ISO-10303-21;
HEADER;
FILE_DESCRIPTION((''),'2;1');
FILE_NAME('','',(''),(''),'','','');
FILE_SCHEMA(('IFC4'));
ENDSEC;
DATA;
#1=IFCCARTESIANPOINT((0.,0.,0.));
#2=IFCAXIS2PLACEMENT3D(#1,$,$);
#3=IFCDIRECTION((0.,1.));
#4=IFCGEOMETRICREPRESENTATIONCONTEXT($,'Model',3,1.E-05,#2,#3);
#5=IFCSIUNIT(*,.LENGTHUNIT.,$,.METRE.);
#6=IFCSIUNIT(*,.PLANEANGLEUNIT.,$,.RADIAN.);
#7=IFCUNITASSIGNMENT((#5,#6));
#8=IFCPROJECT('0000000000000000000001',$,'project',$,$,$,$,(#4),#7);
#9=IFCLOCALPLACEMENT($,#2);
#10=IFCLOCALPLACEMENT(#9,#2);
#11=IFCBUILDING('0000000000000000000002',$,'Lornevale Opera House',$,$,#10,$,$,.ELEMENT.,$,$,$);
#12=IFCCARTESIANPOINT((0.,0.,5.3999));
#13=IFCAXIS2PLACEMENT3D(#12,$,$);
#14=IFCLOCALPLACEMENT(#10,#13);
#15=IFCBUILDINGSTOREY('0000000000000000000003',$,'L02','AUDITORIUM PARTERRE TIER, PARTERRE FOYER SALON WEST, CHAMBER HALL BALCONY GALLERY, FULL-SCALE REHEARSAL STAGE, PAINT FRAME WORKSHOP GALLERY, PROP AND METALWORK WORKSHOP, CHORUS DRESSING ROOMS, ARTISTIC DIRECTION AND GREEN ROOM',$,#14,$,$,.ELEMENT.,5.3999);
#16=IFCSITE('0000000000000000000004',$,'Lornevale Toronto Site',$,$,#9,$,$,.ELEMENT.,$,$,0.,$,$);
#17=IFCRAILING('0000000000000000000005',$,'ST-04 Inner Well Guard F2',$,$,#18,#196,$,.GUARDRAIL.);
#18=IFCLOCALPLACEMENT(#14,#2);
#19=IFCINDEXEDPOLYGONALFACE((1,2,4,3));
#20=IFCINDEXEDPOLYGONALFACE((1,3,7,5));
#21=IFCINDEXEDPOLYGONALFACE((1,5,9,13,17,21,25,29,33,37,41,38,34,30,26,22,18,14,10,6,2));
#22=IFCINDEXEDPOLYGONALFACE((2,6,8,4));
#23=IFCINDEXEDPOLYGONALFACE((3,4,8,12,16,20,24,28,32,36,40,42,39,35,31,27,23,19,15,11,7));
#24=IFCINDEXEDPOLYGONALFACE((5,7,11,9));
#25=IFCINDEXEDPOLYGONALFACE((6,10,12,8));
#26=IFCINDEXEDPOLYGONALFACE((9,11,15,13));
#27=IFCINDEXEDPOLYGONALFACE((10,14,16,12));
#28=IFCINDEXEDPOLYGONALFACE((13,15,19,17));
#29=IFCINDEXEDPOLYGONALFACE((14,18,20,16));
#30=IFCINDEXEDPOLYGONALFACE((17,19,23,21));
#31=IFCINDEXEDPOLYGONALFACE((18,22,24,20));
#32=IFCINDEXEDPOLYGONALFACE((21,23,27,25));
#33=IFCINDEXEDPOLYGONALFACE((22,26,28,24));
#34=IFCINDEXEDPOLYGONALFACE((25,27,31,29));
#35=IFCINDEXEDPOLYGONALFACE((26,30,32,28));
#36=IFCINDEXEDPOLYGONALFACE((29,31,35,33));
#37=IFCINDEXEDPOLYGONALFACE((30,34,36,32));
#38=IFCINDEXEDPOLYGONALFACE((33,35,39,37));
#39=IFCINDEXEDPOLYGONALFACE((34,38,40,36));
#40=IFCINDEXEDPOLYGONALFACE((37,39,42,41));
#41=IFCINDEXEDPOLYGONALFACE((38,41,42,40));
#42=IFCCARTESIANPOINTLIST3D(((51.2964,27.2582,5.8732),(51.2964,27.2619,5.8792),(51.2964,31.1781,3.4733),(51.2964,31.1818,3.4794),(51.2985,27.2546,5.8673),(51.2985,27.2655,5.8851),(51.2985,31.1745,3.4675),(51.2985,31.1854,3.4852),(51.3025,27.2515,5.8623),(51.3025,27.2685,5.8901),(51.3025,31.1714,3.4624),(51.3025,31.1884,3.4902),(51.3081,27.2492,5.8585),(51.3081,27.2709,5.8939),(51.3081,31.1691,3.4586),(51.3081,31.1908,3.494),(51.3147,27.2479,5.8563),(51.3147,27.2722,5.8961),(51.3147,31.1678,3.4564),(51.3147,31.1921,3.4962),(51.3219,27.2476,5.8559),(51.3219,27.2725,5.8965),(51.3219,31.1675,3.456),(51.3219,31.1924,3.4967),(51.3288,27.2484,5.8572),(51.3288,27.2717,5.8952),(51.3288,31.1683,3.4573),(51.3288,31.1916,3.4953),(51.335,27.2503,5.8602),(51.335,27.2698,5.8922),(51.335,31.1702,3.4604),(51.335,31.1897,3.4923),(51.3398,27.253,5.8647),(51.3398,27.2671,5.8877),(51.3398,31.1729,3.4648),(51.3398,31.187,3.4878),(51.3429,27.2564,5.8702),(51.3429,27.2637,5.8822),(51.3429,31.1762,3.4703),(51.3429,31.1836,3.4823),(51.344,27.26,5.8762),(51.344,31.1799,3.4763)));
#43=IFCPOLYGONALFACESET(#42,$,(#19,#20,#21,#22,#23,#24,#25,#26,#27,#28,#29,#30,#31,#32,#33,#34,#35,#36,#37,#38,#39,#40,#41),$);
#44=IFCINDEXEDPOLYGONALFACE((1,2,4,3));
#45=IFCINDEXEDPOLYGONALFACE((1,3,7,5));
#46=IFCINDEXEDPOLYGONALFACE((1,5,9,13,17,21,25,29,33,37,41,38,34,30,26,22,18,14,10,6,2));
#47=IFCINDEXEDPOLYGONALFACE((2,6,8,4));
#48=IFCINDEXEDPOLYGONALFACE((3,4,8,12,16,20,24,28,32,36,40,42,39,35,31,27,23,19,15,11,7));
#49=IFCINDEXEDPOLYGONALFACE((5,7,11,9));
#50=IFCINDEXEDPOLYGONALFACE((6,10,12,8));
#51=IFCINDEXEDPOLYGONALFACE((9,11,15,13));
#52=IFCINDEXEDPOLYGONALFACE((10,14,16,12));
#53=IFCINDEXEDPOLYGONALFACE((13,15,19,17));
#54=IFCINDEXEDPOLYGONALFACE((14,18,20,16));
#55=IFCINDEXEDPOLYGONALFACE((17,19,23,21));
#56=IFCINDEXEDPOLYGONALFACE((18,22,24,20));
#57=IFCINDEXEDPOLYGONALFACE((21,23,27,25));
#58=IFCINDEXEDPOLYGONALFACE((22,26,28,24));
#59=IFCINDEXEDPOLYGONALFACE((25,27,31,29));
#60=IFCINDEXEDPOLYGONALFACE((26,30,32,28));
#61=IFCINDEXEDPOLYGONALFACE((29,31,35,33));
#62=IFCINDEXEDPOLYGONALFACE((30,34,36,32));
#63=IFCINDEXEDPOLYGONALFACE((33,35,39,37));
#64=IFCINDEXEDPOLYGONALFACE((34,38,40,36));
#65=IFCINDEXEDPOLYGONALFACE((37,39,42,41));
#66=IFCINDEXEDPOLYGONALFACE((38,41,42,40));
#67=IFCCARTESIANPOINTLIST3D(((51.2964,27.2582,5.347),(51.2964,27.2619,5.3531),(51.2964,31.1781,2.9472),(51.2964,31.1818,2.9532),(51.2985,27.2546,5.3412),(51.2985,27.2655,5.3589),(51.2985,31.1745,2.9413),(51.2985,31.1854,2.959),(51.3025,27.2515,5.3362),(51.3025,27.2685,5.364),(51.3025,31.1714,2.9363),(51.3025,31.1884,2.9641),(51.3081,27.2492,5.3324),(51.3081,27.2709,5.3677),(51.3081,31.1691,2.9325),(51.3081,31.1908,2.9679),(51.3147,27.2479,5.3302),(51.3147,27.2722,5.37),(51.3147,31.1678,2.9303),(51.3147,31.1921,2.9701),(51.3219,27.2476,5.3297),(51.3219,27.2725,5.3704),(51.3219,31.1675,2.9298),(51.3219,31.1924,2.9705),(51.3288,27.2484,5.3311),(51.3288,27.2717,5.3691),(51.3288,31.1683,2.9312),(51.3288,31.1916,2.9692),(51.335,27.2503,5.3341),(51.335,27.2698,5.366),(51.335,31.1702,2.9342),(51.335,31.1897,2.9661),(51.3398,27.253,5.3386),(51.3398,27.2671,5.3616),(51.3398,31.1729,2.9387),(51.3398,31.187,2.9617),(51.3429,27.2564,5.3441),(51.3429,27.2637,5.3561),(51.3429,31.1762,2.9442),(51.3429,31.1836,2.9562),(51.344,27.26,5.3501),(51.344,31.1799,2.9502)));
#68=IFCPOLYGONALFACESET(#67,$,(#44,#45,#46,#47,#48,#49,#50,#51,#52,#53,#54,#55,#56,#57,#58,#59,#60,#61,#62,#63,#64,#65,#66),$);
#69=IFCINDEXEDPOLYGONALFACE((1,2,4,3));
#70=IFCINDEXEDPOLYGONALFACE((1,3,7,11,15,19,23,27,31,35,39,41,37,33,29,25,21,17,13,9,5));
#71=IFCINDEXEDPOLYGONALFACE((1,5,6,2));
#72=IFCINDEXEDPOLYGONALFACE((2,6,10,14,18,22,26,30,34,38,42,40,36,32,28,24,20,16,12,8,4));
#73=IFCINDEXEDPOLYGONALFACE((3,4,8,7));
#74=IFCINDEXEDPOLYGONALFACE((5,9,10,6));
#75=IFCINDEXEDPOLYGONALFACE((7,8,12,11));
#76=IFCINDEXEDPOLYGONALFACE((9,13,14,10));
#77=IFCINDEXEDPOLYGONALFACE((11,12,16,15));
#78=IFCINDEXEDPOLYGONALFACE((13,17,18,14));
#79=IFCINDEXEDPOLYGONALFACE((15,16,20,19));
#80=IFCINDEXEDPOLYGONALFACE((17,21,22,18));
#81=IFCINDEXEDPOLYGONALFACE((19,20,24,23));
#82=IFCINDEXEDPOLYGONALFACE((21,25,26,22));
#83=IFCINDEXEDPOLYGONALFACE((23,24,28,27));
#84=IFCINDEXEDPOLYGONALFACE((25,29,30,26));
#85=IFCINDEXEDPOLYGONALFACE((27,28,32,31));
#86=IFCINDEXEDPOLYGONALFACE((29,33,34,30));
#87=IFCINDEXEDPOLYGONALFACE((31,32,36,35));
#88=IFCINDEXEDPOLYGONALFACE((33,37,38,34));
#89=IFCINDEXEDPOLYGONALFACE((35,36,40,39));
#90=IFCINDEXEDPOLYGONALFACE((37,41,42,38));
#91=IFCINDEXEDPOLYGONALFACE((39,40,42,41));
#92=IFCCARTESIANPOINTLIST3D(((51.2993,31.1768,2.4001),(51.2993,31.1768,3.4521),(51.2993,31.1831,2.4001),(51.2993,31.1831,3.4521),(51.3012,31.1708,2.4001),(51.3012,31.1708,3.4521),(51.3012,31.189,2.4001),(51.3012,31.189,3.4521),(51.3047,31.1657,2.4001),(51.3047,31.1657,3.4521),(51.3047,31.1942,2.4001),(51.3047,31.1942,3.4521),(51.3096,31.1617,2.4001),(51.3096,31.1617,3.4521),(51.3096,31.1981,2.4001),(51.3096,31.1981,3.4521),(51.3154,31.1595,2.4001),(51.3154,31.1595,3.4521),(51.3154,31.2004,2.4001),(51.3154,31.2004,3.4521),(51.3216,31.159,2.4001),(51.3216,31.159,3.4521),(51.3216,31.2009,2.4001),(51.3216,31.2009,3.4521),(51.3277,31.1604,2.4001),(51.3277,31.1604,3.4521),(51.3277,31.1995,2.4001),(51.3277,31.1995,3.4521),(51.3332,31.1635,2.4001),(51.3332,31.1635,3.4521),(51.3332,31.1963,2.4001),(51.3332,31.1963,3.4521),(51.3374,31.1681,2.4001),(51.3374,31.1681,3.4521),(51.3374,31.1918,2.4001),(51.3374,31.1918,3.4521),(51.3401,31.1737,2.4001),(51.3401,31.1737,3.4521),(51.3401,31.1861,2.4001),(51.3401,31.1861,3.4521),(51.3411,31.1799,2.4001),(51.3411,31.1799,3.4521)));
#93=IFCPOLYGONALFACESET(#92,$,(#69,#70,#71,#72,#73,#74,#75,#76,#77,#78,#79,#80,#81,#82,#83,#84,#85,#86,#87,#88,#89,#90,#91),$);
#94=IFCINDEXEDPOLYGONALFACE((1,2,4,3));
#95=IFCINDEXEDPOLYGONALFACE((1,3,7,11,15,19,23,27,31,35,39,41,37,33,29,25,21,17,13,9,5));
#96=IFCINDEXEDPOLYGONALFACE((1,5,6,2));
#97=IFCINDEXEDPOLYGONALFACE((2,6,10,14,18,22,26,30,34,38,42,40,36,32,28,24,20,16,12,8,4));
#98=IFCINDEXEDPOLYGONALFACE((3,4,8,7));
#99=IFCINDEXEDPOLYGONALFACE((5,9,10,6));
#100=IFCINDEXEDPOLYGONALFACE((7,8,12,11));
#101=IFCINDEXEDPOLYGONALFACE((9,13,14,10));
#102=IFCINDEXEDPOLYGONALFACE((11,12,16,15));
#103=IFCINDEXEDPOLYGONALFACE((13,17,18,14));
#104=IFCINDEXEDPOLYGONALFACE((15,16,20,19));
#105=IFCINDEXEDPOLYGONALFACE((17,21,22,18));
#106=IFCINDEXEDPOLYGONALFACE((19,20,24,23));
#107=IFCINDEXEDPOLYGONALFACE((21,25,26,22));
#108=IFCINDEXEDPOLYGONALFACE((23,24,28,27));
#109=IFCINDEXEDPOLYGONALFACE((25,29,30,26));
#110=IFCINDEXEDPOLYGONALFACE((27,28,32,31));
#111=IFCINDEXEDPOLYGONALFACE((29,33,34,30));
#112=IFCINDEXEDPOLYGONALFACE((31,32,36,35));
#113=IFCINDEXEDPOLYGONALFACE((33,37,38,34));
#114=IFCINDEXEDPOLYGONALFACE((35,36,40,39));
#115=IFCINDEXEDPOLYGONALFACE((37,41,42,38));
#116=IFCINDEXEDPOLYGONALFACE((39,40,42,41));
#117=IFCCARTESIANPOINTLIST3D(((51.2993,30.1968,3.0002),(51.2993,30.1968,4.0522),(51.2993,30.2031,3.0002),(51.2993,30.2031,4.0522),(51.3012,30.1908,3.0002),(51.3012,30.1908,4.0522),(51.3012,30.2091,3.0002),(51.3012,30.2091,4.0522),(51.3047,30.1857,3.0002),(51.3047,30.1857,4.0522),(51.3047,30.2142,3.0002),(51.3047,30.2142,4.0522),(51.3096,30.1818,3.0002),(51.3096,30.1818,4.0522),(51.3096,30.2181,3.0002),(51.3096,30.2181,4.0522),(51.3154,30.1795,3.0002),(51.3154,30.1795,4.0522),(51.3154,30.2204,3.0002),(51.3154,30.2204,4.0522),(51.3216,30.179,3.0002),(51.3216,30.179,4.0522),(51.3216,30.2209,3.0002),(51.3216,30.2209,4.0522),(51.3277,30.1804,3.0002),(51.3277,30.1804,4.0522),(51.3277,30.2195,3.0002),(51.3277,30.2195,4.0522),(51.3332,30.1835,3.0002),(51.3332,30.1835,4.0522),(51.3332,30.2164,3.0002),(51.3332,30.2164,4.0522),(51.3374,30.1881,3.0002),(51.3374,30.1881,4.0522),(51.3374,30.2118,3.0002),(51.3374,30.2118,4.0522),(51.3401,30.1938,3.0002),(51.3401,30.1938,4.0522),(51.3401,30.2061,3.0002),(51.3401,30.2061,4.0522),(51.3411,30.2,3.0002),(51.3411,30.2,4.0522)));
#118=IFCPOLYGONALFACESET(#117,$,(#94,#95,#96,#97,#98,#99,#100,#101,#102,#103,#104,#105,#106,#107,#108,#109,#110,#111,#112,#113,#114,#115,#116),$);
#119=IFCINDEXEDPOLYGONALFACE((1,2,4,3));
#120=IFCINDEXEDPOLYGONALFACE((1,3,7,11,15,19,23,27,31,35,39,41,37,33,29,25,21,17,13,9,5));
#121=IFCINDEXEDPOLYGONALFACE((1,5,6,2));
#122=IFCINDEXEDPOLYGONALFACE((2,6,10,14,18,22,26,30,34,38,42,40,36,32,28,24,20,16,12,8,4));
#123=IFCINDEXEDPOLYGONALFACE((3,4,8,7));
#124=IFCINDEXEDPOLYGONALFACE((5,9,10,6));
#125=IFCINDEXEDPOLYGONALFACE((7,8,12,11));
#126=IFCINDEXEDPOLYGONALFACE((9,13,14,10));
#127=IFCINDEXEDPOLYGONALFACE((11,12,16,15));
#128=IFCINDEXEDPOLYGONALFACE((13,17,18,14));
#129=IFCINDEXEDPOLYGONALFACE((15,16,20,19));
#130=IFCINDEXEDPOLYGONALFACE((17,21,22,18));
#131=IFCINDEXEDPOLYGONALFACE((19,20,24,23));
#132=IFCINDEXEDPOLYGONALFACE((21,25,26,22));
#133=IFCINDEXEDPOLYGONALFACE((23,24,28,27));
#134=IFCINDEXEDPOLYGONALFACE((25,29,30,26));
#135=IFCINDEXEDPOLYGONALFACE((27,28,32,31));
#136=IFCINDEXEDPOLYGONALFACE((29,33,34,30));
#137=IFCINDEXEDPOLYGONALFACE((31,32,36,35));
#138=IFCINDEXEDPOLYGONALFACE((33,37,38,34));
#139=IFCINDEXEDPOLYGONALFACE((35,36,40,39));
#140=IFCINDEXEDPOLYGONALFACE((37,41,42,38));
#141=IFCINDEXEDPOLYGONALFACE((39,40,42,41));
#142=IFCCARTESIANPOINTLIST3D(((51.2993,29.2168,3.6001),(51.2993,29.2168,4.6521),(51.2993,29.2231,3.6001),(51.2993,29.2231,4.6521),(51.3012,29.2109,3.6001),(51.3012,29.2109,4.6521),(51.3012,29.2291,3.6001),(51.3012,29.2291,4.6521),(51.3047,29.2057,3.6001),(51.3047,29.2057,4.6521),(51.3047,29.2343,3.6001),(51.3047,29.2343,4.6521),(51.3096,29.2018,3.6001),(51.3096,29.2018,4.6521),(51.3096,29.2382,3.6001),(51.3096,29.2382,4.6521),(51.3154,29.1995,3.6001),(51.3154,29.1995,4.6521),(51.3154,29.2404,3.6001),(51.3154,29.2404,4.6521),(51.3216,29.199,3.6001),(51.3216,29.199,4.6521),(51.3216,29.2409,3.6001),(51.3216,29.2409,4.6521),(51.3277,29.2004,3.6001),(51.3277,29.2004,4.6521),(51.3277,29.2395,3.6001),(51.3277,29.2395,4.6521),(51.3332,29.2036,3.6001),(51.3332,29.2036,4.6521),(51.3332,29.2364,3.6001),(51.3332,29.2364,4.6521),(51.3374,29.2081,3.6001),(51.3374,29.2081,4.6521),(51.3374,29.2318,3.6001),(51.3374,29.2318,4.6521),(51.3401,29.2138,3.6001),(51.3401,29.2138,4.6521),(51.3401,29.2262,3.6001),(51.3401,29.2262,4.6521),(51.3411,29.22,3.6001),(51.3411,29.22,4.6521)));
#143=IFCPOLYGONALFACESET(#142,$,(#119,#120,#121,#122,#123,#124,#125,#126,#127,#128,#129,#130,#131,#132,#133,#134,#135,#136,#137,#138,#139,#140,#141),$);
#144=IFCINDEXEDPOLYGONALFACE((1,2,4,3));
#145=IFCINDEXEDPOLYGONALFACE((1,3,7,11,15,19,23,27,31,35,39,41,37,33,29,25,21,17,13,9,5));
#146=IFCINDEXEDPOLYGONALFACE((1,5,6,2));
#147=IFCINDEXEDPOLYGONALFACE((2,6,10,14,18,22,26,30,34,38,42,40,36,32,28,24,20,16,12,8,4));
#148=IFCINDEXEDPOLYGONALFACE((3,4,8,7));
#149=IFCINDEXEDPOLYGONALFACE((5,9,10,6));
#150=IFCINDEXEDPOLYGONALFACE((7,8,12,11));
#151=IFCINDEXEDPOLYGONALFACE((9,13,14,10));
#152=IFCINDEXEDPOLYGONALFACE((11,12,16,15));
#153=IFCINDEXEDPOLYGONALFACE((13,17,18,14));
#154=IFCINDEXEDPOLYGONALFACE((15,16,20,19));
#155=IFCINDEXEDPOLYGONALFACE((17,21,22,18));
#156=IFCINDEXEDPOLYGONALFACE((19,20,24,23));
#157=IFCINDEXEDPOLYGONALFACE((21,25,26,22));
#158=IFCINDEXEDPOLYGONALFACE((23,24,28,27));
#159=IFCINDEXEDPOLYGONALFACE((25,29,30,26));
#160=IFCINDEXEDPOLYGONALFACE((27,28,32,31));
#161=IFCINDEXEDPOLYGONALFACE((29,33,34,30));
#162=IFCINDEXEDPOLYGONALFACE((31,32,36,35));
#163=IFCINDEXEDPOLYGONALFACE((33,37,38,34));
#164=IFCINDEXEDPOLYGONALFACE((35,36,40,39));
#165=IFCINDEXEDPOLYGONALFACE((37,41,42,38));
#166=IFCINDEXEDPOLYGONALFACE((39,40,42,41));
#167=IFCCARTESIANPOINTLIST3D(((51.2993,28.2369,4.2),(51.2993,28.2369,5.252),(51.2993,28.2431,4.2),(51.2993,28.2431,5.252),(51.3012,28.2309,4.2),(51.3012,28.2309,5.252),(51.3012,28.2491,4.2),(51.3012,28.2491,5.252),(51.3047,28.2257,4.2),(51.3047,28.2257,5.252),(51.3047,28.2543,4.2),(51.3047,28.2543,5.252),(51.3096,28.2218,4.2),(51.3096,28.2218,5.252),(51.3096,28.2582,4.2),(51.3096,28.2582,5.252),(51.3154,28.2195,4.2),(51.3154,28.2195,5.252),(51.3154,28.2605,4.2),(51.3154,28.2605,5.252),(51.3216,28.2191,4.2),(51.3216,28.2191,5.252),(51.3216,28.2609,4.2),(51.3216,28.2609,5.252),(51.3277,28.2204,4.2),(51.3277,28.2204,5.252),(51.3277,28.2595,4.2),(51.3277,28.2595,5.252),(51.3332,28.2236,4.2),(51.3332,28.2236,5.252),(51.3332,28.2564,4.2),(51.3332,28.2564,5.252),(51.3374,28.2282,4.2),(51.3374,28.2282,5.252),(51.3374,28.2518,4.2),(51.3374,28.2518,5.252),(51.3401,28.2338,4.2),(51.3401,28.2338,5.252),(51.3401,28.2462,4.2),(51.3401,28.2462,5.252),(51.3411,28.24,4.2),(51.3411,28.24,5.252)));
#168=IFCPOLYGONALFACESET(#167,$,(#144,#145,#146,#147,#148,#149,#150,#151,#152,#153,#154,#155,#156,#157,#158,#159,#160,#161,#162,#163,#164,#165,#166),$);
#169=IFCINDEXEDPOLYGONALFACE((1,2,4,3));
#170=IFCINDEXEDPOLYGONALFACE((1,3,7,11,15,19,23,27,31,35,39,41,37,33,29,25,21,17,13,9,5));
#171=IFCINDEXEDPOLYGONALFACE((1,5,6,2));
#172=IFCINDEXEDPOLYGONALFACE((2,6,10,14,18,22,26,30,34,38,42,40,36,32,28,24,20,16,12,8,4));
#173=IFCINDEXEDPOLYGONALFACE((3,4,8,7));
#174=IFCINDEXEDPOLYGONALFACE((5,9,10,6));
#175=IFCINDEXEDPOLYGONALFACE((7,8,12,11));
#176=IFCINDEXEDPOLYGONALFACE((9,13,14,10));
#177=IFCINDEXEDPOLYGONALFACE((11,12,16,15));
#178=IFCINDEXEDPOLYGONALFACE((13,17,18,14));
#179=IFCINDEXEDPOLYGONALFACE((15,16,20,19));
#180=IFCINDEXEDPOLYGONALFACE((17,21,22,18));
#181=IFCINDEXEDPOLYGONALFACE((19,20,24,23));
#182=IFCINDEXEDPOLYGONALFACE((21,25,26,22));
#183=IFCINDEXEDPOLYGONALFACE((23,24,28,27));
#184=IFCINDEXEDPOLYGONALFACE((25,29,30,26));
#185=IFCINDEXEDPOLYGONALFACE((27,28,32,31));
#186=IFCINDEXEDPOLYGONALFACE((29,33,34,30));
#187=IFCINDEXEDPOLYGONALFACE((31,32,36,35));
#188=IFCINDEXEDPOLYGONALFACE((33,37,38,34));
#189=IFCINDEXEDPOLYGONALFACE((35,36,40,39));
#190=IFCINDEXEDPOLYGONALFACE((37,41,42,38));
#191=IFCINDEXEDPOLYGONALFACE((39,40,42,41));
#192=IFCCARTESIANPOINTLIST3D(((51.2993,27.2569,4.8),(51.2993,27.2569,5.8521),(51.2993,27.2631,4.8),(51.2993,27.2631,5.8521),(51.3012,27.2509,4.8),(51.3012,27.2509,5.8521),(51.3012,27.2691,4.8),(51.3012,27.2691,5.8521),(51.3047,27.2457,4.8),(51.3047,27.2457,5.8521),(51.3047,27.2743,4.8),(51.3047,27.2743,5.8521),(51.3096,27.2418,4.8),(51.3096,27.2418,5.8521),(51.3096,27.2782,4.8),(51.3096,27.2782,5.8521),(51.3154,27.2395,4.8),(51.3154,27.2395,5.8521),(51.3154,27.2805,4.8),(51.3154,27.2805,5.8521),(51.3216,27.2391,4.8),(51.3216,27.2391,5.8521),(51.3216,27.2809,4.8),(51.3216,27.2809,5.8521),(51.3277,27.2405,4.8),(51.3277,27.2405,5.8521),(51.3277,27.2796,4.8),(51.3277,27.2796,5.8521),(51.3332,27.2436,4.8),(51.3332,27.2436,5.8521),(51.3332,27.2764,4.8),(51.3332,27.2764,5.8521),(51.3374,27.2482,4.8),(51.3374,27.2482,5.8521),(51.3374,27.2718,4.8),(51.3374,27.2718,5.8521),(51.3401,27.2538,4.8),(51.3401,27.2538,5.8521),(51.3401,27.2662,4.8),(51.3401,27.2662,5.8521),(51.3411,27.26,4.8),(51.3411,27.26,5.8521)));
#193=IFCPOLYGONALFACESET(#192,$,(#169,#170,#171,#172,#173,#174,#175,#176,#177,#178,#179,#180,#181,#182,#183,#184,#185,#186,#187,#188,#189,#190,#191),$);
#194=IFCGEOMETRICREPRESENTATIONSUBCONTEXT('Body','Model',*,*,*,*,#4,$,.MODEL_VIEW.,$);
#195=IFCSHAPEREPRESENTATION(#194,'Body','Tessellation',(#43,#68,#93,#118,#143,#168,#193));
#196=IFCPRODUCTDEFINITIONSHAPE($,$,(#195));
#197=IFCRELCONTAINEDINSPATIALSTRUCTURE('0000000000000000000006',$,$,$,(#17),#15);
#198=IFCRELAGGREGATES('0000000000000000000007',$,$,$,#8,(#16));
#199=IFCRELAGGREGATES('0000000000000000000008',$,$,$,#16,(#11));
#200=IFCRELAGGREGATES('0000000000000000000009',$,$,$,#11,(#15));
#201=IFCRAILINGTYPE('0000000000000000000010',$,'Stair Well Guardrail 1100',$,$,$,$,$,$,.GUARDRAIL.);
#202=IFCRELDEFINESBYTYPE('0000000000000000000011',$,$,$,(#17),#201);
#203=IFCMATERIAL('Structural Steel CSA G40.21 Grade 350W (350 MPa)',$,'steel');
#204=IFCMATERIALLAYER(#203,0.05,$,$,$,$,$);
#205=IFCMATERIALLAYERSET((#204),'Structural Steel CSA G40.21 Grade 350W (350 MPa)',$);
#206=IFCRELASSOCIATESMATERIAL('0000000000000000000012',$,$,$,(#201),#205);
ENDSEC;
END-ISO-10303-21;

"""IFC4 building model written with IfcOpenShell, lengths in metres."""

from ifc_helpers import new_model, si_unit, direction, frame, origin, origin_2d, place, context, subcontext, project, spatial, circle, extrude, material, layer, layer_set, type_object, element, save


model = new_model("IFC4")

# Units and contexts
model_context = context("Model", 3, precision=1e-05, world=origin(), true_north=direction((0.0, 1.0)))
body_context = subcontext(model_context, "Body", "Model", "MODEL_VIEW")
ifc_project = project(units=[si_unit("LENGTHUNIT", "METRE"), si_unit("PLANEANGLEUNIT", "RADIAN")], contexts=[model_context])

# Site, building, storey
site_placement = place(None, origin())
site = spatial("IfcSite", under=ifc_project, at=site_placement, Name="Lornevale Toronto Site", CompositionType="ELEMENT", RefElevation=0.0)
building_placement = place(site_placement, origin())
building = spatial("IfcBuilding", under=site, at=building_placement, Name="Lornevale Opera House", CompositionType="ELEMENT")
storey_placement = place(building_placement, frame((0.0, 0.0, 5.3999)))
storey = spatial("IfcBuildingStorey", under=building, at=storey_placement, Name="L02", Description="AUDITORIUM PARTERRE TIER, PARTERRE FOYER SALON WEST, CHAMBER HALL BALCONY GALLERY, FULL-SCALE REHEARSAL STAGE, PAINT FRAME WORKSHOP GALLERY, PROP AND METALWORK WORKSHOP, CHORUS DRESSING ROOMS, ARTISTIC DIRECTION AND GREEN ROOM", CompositionType="ELEMENT", Elevation=5.3999)

# Shared definitions
ifc_material_1 = material(Name="Structural Steel CSA G40.21 Grade 350W (350 MPa)", Category="steel")

# Railing
ifc_layer_1 = layer(ifc_material_1, 0.05)
ifc_layer_set_1 = layer_set([ifc_layer_1], Name="Structural Steel CSA G40.21 Grade 350W (350 MPa)")
railing_type_1 = type_object("IfcRailingType", Name="Stair Well Guardrail 1100", PredefinedType="GUARDRAIL", material=ifc_layer_set_1)
railing_1_placement = place(storey_placement, frame((51.3201, 31.1799, 2.4001)))
element("IfcRailing", 1, at=railing_1_placement, inside=storey, type_object=railing_type_1, Name="ST-04 Inner Well Guard F2", PredefinedType="GUARDRAIL", context=body_context, shape_type="SweptSolid", body=[
    extrude(circle(Radius=0.0239, at=origin_2d()), frame((0.0, 0.0, 1.0762), z_axis=(0.0, -0.852856, 0.522146), x_axis=(1.0, 0.0, 0.0)), (0.0, 0.0, 1.0), 4.5962),
    extrude(circle(Radius=0.0239, at=origin_2d()), frame((0.0, 0.0, 0.55), z_axis=(0.0, -0.852856, 0.522146), x_axis=(1.0, 0.0, 0.0)), (0.0, 0.0, 1.0), 4.5962),
    extrude(circle(Radius=0.021, at=origin_2d()), origin(), (0.0, 0.0, 1.0), 1.052),
    extrude(circle(Radius=0.021, at=origin_2d()), frame((0.0, -0.98, 0.6001)), (0.0, 0.0, 1.0), 1.052),
    extrude(circle(Radius=0.021, at=origin_2d()), frame((0.0, -1.96, 1.2)), (0.0, 0.0, 1.0), 1.052),
    extrude(circle(Radius=0.021, at=origin_2d()), frame((0.0, -2.9399, 1.7998)), (0.0, 0.0, 1.0), 1.052),
    extrude(circle(Radius=0.021, at=origin_2d()), frame((0.0, -3.9199, 2.3999)), (0.0, 0.0, 1.0), 1.052),
])

save(model, "model.ifc")
